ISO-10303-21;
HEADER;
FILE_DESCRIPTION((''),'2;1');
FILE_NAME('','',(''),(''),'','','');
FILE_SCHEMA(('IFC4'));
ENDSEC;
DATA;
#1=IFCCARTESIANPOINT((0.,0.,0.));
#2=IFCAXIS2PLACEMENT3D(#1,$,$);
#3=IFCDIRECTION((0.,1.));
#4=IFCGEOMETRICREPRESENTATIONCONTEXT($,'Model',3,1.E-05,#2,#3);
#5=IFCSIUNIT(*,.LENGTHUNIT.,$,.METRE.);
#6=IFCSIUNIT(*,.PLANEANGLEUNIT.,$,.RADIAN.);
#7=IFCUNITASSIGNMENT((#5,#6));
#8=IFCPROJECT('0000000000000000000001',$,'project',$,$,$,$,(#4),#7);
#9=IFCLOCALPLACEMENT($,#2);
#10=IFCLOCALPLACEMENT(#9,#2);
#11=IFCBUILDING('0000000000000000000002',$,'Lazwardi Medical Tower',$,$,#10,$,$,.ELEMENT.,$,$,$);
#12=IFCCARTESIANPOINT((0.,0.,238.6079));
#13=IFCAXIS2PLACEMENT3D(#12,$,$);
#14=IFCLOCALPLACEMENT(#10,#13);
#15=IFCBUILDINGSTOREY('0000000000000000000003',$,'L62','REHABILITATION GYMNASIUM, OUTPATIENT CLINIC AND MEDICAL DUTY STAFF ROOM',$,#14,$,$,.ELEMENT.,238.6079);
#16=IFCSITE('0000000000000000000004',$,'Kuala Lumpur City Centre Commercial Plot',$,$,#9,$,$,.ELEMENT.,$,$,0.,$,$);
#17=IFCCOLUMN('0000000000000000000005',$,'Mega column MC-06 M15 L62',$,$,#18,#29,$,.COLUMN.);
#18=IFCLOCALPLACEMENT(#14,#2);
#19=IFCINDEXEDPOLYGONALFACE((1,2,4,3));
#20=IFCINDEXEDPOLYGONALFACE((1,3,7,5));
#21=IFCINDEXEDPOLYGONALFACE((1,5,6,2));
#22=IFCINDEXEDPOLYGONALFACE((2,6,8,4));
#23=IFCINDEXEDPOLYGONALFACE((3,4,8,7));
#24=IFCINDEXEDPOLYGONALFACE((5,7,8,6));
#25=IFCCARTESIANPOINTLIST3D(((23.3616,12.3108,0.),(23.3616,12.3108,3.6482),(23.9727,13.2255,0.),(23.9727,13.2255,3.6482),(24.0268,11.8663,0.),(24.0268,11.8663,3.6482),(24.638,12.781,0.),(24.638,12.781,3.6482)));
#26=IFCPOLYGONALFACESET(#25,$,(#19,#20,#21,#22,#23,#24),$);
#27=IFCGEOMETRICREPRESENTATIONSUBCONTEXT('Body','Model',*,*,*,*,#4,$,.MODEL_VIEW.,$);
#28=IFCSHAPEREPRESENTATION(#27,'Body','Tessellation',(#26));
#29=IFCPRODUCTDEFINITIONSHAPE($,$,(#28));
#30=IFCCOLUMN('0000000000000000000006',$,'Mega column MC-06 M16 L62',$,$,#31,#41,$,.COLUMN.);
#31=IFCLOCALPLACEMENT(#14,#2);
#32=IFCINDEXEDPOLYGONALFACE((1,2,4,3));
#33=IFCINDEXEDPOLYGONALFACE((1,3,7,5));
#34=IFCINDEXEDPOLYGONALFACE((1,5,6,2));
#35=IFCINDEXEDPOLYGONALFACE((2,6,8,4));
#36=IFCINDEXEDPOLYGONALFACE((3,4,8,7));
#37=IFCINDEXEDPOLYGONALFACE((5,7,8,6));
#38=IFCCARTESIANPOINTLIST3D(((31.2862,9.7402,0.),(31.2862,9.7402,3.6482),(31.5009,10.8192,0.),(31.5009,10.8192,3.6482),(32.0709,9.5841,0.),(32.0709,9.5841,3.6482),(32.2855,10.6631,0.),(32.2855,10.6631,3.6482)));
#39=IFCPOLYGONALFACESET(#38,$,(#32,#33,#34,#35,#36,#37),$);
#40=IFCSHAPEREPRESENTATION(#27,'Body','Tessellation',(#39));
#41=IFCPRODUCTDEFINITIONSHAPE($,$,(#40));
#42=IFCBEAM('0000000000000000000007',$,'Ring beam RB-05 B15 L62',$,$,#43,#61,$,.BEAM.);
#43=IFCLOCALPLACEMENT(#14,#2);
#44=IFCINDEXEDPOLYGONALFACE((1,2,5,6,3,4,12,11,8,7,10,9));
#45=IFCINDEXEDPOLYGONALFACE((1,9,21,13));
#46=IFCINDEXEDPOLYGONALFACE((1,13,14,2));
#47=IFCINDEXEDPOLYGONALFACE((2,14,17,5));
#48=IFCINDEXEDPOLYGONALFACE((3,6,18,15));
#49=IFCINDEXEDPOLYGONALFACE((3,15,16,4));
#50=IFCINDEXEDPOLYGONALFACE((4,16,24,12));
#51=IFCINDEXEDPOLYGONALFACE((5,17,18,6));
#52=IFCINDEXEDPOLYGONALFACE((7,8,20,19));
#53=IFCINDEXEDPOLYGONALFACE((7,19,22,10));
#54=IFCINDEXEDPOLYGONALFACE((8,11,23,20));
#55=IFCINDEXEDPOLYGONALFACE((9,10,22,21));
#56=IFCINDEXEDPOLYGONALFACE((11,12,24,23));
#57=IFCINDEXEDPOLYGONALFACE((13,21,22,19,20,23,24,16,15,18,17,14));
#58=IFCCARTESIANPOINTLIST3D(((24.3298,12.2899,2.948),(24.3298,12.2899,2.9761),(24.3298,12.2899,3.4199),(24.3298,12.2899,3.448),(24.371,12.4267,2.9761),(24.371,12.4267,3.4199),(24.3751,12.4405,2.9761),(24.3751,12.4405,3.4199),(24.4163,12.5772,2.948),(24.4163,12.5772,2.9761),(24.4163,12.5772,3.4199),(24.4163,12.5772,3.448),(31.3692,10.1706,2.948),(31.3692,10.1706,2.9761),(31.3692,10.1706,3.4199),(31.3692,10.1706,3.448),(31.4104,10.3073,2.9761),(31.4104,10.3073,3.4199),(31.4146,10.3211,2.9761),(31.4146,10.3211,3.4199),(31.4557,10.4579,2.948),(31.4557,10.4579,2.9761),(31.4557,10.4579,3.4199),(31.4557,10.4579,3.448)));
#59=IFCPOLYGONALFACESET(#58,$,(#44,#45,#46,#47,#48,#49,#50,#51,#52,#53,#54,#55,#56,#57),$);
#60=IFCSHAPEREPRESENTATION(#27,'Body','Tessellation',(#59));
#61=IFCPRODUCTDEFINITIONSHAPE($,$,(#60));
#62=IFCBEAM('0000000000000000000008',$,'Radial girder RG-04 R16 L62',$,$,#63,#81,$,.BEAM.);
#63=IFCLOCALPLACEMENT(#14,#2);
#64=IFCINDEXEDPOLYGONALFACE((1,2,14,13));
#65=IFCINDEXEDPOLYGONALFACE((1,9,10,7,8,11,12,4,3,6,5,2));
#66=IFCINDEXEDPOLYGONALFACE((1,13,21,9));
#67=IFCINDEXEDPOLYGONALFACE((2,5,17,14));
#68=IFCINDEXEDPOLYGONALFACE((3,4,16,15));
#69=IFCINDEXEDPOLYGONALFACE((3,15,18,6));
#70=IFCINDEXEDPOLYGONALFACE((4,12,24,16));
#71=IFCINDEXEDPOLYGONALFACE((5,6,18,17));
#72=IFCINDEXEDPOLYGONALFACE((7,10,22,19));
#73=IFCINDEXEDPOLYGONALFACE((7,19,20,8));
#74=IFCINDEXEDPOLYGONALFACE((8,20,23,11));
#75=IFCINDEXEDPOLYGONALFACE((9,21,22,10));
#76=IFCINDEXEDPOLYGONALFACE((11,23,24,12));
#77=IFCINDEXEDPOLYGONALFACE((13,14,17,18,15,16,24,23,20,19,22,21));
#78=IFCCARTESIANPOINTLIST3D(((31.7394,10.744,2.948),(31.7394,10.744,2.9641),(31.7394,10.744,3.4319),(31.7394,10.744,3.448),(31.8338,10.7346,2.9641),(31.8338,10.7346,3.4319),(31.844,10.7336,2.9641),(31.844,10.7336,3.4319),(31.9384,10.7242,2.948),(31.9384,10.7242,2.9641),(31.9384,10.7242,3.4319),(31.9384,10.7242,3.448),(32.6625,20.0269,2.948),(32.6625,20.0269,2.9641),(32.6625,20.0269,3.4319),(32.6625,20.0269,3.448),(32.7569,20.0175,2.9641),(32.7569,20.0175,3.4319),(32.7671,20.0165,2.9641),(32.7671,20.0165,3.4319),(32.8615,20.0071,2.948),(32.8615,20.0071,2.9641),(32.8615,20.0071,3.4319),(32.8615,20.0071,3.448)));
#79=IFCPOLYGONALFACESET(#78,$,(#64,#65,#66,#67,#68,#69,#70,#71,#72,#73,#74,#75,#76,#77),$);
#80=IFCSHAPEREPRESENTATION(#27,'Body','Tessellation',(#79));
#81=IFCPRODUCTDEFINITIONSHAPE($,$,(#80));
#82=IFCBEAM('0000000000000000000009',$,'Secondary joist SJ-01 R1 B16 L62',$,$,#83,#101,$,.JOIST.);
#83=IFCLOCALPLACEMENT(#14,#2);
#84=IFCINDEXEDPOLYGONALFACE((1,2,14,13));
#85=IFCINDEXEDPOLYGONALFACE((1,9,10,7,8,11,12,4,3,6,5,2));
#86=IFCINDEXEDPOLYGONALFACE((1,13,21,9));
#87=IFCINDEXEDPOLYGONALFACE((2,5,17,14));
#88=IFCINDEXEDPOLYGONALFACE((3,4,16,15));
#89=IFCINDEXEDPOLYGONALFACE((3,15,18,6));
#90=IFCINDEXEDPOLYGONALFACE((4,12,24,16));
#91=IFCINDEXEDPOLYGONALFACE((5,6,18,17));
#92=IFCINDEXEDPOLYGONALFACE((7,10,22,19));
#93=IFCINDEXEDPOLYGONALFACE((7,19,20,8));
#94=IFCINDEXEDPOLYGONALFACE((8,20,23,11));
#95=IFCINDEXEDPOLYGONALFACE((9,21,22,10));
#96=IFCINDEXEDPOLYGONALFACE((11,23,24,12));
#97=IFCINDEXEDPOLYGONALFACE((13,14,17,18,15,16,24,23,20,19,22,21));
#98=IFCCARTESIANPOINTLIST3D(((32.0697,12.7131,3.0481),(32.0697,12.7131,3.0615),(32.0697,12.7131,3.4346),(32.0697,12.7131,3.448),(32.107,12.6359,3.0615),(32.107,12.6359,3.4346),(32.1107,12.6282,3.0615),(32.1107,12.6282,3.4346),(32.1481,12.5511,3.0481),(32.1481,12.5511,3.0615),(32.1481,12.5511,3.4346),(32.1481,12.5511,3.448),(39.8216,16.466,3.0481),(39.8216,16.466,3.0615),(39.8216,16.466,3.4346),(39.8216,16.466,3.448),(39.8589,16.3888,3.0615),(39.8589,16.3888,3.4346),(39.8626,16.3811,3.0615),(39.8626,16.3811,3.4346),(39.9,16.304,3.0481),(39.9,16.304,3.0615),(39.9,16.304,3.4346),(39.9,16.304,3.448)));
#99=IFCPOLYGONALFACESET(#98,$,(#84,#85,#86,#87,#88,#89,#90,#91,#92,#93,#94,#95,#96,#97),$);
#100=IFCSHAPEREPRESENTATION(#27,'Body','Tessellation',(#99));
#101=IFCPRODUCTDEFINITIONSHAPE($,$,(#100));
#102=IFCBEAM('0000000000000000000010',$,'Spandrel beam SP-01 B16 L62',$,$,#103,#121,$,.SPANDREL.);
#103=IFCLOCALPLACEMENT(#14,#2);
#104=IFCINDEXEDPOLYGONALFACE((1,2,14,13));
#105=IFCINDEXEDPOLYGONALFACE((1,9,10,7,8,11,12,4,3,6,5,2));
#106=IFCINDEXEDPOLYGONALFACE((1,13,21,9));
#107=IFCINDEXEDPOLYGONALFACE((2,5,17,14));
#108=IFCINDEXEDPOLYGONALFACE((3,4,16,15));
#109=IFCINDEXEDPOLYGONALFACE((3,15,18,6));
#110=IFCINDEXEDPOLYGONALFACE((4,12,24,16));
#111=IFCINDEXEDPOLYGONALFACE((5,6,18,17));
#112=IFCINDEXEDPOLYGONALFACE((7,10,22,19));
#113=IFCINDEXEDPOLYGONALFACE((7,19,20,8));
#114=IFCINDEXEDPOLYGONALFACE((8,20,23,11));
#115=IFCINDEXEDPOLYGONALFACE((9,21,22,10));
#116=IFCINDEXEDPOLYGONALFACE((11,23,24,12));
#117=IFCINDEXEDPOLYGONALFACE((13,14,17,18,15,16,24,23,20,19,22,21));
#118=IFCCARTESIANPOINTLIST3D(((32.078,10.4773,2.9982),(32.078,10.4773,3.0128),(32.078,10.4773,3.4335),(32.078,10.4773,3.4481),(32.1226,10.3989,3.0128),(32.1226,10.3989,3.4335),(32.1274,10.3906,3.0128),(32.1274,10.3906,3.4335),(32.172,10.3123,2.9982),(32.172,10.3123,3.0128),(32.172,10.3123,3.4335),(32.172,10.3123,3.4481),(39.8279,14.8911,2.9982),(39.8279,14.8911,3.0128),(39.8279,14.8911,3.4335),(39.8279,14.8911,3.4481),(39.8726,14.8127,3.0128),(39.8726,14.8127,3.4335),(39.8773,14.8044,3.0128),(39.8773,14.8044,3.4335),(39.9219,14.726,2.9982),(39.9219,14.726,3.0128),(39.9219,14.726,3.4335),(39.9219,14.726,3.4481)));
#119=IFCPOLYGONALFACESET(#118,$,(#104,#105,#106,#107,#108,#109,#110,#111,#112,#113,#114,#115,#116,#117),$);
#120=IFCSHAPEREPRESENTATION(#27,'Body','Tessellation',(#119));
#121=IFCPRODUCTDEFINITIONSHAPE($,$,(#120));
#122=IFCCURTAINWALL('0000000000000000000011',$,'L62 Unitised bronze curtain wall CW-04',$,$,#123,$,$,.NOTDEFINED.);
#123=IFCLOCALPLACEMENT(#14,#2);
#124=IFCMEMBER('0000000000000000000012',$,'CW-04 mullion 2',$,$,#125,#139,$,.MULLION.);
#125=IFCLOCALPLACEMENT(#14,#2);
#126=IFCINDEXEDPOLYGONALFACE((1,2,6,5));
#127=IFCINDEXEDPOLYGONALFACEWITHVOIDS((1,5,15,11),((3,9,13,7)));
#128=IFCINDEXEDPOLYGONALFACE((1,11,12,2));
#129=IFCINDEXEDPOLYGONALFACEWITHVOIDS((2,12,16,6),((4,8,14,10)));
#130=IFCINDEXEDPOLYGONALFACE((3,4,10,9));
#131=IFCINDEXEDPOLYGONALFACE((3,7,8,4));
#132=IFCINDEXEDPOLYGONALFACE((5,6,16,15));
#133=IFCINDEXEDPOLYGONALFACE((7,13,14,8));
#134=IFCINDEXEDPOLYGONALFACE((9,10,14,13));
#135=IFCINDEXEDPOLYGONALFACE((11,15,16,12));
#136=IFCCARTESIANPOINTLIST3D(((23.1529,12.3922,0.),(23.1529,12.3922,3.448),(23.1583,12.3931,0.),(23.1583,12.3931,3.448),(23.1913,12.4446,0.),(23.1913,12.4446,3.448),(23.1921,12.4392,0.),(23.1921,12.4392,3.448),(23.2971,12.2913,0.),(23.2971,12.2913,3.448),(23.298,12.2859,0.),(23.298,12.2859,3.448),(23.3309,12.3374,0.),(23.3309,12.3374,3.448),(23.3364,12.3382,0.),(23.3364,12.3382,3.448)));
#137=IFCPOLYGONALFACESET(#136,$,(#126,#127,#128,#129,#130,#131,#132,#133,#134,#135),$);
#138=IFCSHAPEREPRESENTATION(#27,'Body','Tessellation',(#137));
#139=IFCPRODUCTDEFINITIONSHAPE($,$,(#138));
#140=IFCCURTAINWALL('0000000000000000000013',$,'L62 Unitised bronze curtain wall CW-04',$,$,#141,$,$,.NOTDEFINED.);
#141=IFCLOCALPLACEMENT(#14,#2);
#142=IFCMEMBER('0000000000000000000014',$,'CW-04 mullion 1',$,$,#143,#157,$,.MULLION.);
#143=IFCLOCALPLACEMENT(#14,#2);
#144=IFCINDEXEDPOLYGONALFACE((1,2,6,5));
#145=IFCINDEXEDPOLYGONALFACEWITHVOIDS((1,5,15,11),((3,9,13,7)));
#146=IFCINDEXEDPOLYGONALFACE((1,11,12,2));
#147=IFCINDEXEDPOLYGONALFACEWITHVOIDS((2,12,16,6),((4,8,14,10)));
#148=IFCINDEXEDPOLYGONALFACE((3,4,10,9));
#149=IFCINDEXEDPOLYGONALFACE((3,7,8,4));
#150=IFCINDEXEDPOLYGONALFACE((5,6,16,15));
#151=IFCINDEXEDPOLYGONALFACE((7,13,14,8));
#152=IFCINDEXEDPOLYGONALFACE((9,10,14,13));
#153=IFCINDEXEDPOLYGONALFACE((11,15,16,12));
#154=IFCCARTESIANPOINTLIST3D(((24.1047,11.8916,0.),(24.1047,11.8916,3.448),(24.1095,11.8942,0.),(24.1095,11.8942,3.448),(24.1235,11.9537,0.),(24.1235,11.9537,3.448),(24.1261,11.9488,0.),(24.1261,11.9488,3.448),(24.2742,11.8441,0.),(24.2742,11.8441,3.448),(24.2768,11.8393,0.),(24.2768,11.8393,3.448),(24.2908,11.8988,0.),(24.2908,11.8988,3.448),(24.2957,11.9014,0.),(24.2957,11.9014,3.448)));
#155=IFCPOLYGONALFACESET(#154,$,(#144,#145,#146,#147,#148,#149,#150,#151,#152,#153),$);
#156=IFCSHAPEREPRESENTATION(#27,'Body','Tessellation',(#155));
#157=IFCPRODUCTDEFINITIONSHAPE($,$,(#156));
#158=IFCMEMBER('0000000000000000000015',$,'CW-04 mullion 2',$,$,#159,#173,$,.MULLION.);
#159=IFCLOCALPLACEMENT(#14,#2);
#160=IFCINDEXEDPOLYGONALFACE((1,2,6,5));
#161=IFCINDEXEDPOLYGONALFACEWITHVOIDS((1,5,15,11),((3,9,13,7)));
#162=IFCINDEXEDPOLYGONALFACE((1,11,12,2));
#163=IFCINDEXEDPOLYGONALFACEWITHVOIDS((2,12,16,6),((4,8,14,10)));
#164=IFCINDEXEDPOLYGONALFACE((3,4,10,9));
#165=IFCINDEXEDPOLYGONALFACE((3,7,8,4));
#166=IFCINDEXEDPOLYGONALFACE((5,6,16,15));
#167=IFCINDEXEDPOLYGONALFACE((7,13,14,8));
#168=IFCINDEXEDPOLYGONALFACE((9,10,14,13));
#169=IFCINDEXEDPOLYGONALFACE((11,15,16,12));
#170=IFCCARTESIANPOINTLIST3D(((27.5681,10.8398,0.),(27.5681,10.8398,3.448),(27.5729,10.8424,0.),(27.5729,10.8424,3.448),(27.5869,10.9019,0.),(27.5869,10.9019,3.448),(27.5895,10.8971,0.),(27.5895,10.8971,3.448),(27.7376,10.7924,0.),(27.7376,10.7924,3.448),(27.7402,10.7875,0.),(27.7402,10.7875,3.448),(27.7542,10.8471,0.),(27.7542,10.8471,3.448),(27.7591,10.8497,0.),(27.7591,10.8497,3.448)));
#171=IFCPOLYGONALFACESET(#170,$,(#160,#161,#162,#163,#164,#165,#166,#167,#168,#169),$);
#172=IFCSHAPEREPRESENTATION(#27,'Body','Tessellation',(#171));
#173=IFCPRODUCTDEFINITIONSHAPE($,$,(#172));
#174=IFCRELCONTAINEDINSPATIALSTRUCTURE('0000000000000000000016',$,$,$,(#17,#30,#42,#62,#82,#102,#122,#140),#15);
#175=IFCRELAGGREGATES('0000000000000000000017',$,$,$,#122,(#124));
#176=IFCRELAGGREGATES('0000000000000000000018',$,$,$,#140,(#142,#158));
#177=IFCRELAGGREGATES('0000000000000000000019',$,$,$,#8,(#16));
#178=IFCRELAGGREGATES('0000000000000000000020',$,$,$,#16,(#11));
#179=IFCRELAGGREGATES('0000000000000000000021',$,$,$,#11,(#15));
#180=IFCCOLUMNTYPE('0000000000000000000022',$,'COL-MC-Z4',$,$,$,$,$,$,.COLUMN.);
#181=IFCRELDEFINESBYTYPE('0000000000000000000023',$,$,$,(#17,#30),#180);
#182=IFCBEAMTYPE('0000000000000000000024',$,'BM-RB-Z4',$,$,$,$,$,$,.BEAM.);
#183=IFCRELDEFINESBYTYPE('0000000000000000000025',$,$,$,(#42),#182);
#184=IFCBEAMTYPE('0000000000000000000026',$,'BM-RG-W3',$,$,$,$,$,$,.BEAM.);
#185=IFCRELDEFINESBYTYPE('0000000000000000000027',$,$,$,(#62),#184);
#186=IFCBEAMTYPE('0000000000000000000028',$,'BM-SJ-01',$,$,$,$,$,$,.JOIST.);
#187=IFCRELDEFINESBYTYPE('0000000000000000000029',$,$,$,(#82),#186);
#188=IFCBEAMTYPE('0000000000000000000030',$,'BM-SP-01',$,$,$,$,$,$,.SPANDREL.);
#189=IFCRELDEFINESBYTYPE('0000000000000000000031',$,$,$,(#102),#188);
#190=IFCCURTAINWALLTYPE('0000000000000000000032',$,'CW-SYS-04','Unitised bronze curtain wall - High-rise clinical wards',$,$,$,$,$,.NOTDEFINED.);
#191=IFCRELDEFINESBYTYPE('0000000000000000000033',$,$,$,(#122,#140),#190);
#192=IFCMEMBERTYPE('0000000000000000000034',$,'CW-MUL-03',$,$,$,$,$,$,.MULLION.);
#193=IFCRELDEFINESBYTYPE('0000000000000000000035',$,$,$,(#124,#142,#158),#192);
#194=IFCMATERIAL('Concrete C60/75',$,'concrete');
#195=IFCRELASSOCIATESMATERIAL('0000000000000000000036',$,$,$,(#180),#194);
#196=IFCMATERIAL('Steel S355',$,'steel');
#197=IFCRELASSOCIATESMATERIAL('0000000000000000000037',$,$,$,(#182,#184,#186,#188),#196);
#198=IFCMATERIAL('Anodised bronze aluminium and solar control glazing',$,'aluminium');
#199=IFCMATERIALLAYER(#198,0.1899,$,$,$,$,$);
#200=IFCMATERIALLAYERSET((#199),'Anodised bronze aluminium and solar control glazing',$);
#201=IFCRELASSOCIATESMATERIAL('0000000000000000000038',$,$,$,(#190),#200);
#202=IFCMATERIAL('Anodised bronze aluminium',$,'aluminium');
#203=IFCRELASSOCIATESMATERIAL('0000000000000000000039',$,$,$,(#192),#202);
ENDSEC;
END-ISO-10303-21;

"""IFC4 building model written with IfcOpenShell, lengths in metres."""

from ifc_helpers import new_model, si_unit, direction, frame, origin, origin_2d, place, context, subcontext, project, spatial, rectangle, hollow_rectangle, i_section, extrude, material, layer, layer_set, material_profile, profile_set, type_object, element, aggregate, save


model = new_model("IFC4")

# Units and contexts
model_context = context("Model", 3, precision=1e-05, world=origin(), true_north=direction((0.0, 1.0)))
body_context = subcontext(model_context, "Body", "Model", "MODEL_VIEW")
ifc_project = project(units=[si_unit("LENGTHUNIT", "METRE"), si_unit("PLANEANGLEUNIT", "RADIAN")], contexts=[model_context])

# Site, building, storey
site_placement = place(None, origin())
site = spatial("IfcSite", under=ifc_project, at=site_placement, Name="Kuala Lumpur City Centre Commercial Plot", CompositionType="ELEMENT", RefElevation=0.0)
building_placement = place(site_placement, origin())
building = spatial("IfcBuilding", under=site, at=building_placement, Name="Lazwardi Medical Tower", CompositionType="ELEMENT")
storey_placement = place(building_placement, frame((0.0, 0.0, 238.6079)))
storey = spatial("IfcBuildingStorey", under=building, at=storey_placement, Name="L62", Description="REHABILITATION GYMNASIUM, OUTPATIENT CLINIC AND MEDICAL DUTY STAFF ROOM", CompositionType="ELEMENT", Elevation=238.6079)

# Columns
ifc_material_1 = material(Name="Concrete C60/75", Category="concrete")
ifc_material_profile_1 = material_profile(ifc_material_1, rectangle(XDim=1.1001, YDim=0.8, at=origin_2d()), Name="CFT-RECT 1100x800")
ifc_profile_set_1 = profile_set([ifc_material_profile_1], Name="Concrete C60/75")
column_type = type_object("IfcColumnType", Name="COL-MC-Z4", PredefinedType="COLUMN", material=ifc_profile_set_1)
for number, where, z_axis, x_axis, name in (
    (1, (23.9998, 12.5459, 0.0), (0.0, 0.0, 1.0), (-0.55557, -0.83147, 0.0), "Mega column MC-06 M15 L62"),
    (2, (31.7859, 10.2017, 0.0), (0.0, 0.0, 1.0), (-0.19509, -0.980785, 0.0), "Mega column MC-06 M16 L62"),
):
    element("IfcColumn", number, at=place(storey_placement, frame(where, z_axis=z_axis, x_axis=x_axis)), inside=storey, type_object=column_type, Name=name, PredefinedType="COLUMN", context=body_context, shape_type="SweptSolid", body=[
        extrude(rectangle(XDim=1.1001, YDim=0.8, at=origin_2d()), origin(), (0.0, 0.0, 1.0), 3.6482),
    ])

# Beams
ifc_material_2 = material(Name="Steel S355", Category="steel")
ifc_material_profile_2 = material_profile(ifc_material_2, i_section(OverallWidth=0.3, OverallDepth=0.5, WebThickness=0.0144, FlangeThickness=0.0281, at=origin_2d()), Name="HEB 500")
ifc_profile_set_2 = profile_set([ifc_material_profile_2], Name="Steel S355")
beam_type_1 = type_object("IfcBeamType", Name="BM-RB-Z4", PredefinedType="BEAM", material=ifc_profile_set_2)
beam_1_placement = place(storey_placement, frame((24.373, 12.4336, 3.198), z_axis=(0.957544, -0.288286, 0.0), x_axis=(0.288286, 0.957544, 0.0)))
element("IfcBeam", 3, at=beam_1_placement, inside=storey, type_object=beam_type_1, Name="Ring beam RB-05 B15 L62", PredefinedType="BEAM", context=body_context, shape_type="SweptSolid", body=[
    extrude(i_section(OverallWidth=0.3, OverallDepth=0.5, WebThickness=0.0144, FlangeThickness=0.0281, at=origin_2d()), origin(), (0.0, 0.0, 1.0), 7.3516),
])
ifc_material_profile_3 = material_profile(ifc_material_2, i_section(OverallWidth=0.2, OverallDepth=0.5, WebThickness=0.0103, FlangeThickness=0.0161, at=origin_2d()), Name="IPE 500")
ifc_profile_set_3 = profile_set([ifc_material_profile_3], Name="Steel S355")
beam_type_2 = type_object("IfcBeamType", Name="BM-RG-W3", PredefinedType="BEAM", material=ifc_profile_set_3)
beam_2_placement = place(storey_placement, frame((31.8389, 10.7341, 3.198), z_axis=(0.098954, 0.995092, 0.0), x_axis=(-0.995092, 0.098954, 0.0)))
element("IfcBeam", 4, at=beam_2_placement, inside=storey, type_object=beam_type_2, Name="Radial girder RG-04 R16 L62", PredefinedType="BEAM", context=body_context, shape_type="SweptSolid", body=[
    extrude(i_section(OverallWidth=0.2, OverallDepth=0.5, WebThickness=0.0103, FlangeThickness=0.0161, at=origin_2d()), origin(), (0.0, 0.0, 1.0), 9.3286),
])
ifc_material_profile_4 = material_profile(ifc_material_2, i_section(OverallWidth=0.1799, OverallDepth=0.3999, WebThickness=0.0085, FlangeThickness=0.0134, at=origin_2d()), Name="IPE 400")
ifc_profile_set_4 = profile_set([ifc_material_profile_4], Name="Steel S355")
beam_type_3 = type_object("IfcBeamType", Name="BM-SJ-01", PredefinedType="JOIST", material=ifc_profile_set_4)
beam_3_placement = place(storey_placement, frame((32.1089, 12.6321, 3.248), z_axis=(0.900069, 0.435748, 0.0), x_axis=(-0.435748, 0.900069, 0.0)))
element("IfcBeam", 5, at=beam_3_placement, inside=storey, type_object=beam_type_3, Name="Secondary joist SJ-01 R1 B16 L62", PredefinedType="JOIST", context=body_context, shape_type="SweptSolid", body=[
    extrude(i_section(OverallWidth=0.1799, OverallDepth=0.3999, WebThickness=0.0085, FlangeThickness=0.0134, at=origin_2d()), origin(), (0.0, 0.0, 1.0), 8.6125),
])
ifc_material_profile_5 = material_profile(ifc_material_2, i_section(OverallWidth=0.1899, OverallDepth=0.45, WebThickness=0.0095, FlangeThickness=0.0146, at=origin_2d()), Name="IPE 450")
ifc_profile_set_5 = profile_set([ifc_material_profile_5], Name="Steel S355")
beam_type_4 = type_object("IfcBeamType", Name="BM-SP-01", PredefinedType="SPANDREL", material=ifc_profile_set_5)
beam_4_placement = place(storey_placement, frame((32.125, 10.3948, 3.2231), z_axis=(0.868955, 0.494891, 0.0), x_axis=(-0.494891, 0.868955, 0.0)))
element("IfcBeam", 6, at=beam_4_placement, inside=storey, type_object=beam_type_4, Name="Spandrel beam SP-01 B16 L62", PredefinedType="SPANDREL", context=body_context, shape_type="SweptSolid", body=[
    extrude(i_section(OverallWidth=0.1899, OverallDepth=0.45, WebThickness=0.0095, FlangeThickness=0.0146, at=origin_2d()), origin(), (0.0, 0.0, 1.0), 8.9187),
])

# Curtain wall, member
ifc_material_3 = material(Name="Anodised bronze aluminium and solar control glazing", Category="aluminium")
ifc_layer_1 = layer(ifc_material_3, 0.1899)
ifc_layer_set_1 = layer_set([ifc_layer_1], Name="Anodised bronze aluminium and solar control glazing")
curtain_wall_type = type_object("IfcCurtainWallType", Name="CW-SYS-04", Description="Unitised bronze curtain wall - High-rise clinical wards", PredefinedType="NOTDEFINED", material=ifc_layer_set_1)
curtain_wall_1_placement = place(storey_placement, origin())
curtain_wall_1 = element("IfcCurtainWall", 7, at=curtain_wall_1_placement, inside=storey, type_object=curtain_wall_type, Name="L62 Unitised bronze curtain wall CW-04", PredefinedType="NOTDEFINED")
ifc_material_4 = material(Name="Anodised bronze aluminium", Category="aluminium")
ifc_material_profile_6 = material_profile(ifc_material_4, hollow_rectangle(XDim=0.0649, YDim=0.1799, WallThickness=0.0039, at=origin_2d()), Name="ALU-MULLION 180x65x4")
ifc_profile_set_6 = profile_set([ifc_material_profile_6], Name="Anodised bronze aluminium")
member_type_1 = type_object("IfcMemberType", Name="CW-MUL-03", PredefinedType="MULLION", material=ifc_profile_set_6)
member_1_placement = place(storey_placement, frame((23.2446, 12.3652, 0.0), z_axis=(0.0, 0.0, 1.0), x_axis=(0.591268, 0.806475, 0.0)))
member_1 = element("IfcMember", 8, at=member_1_placement, type_object=member_type_1, Name="CW-04 mullion 2", PredefinedType="MULLION", context=body_context, shape_type="SweptSolid", body=[
    extrude(hollow_rectangle(XDim=0.0649, YDim=0.1799, WallThickness=0.0039, at=origin_2d()), origin(), (0.0, 0.0, 1.0), 3.448),
])
aggregate(curtain_wall_1, [member_1])

# Curtain wall, members
curtain_wall_2_placement = place(storey_placement, origin())
curtain_wall_2 = element("IfcCurtainWall", 9, at=curtain_wall_2_placement, inside=storey, type_object=curtain_wall_type, Name="L62 Unitised bronze curtain wall CW-04", PredefinedType="NOTDEFINED")
member_2_placement = place(storey_placement, frame((24.2002, 11.8965, 0.0), z_axis=(0.0, 0.0, 1.0), x_axis=(0.290582, 0.95685, 0.0)))
member_2 = element("IfcMember", 10, at=member_2_placement, type_object=member_type_1, Name="CW-04 mullion 1", PredefinedType="MULLION", context=body_context, shape_type="SweptSolid", body=[
    extrude(hollow_rectangle(XDim=0.0649, YDim=0.1799, WallThickness=0.0039, at=origin_2d()), origin(), (0.0, 0.0, 1.0), 3.448),
])
member_3_placement = place(storey_placement, frame((27.6636, 10.8447, 0.0), z_axis=(0.0, 0.0, 1.0), x_axis=(0.290582, 0.95685, 0.0)))
member_3 = element("IfcMember", 11, at=member_3_placement, type_object=member_type_1, Name="CW-04 mullion 2", PredefinedType="MULLION", context=body_context, shape_type="SweptSolid", body=[
    extrude(hollow_rectangle(XDim=0.0649, YDim=0.1799, WallThickness=0.0039, at=origin_2d()), origin(), (0.0, 0.0, 1.0), 3.448),
])
aggregate(curtain_wall_2, [member_2, member_3])

save(model, "model.ifc")
